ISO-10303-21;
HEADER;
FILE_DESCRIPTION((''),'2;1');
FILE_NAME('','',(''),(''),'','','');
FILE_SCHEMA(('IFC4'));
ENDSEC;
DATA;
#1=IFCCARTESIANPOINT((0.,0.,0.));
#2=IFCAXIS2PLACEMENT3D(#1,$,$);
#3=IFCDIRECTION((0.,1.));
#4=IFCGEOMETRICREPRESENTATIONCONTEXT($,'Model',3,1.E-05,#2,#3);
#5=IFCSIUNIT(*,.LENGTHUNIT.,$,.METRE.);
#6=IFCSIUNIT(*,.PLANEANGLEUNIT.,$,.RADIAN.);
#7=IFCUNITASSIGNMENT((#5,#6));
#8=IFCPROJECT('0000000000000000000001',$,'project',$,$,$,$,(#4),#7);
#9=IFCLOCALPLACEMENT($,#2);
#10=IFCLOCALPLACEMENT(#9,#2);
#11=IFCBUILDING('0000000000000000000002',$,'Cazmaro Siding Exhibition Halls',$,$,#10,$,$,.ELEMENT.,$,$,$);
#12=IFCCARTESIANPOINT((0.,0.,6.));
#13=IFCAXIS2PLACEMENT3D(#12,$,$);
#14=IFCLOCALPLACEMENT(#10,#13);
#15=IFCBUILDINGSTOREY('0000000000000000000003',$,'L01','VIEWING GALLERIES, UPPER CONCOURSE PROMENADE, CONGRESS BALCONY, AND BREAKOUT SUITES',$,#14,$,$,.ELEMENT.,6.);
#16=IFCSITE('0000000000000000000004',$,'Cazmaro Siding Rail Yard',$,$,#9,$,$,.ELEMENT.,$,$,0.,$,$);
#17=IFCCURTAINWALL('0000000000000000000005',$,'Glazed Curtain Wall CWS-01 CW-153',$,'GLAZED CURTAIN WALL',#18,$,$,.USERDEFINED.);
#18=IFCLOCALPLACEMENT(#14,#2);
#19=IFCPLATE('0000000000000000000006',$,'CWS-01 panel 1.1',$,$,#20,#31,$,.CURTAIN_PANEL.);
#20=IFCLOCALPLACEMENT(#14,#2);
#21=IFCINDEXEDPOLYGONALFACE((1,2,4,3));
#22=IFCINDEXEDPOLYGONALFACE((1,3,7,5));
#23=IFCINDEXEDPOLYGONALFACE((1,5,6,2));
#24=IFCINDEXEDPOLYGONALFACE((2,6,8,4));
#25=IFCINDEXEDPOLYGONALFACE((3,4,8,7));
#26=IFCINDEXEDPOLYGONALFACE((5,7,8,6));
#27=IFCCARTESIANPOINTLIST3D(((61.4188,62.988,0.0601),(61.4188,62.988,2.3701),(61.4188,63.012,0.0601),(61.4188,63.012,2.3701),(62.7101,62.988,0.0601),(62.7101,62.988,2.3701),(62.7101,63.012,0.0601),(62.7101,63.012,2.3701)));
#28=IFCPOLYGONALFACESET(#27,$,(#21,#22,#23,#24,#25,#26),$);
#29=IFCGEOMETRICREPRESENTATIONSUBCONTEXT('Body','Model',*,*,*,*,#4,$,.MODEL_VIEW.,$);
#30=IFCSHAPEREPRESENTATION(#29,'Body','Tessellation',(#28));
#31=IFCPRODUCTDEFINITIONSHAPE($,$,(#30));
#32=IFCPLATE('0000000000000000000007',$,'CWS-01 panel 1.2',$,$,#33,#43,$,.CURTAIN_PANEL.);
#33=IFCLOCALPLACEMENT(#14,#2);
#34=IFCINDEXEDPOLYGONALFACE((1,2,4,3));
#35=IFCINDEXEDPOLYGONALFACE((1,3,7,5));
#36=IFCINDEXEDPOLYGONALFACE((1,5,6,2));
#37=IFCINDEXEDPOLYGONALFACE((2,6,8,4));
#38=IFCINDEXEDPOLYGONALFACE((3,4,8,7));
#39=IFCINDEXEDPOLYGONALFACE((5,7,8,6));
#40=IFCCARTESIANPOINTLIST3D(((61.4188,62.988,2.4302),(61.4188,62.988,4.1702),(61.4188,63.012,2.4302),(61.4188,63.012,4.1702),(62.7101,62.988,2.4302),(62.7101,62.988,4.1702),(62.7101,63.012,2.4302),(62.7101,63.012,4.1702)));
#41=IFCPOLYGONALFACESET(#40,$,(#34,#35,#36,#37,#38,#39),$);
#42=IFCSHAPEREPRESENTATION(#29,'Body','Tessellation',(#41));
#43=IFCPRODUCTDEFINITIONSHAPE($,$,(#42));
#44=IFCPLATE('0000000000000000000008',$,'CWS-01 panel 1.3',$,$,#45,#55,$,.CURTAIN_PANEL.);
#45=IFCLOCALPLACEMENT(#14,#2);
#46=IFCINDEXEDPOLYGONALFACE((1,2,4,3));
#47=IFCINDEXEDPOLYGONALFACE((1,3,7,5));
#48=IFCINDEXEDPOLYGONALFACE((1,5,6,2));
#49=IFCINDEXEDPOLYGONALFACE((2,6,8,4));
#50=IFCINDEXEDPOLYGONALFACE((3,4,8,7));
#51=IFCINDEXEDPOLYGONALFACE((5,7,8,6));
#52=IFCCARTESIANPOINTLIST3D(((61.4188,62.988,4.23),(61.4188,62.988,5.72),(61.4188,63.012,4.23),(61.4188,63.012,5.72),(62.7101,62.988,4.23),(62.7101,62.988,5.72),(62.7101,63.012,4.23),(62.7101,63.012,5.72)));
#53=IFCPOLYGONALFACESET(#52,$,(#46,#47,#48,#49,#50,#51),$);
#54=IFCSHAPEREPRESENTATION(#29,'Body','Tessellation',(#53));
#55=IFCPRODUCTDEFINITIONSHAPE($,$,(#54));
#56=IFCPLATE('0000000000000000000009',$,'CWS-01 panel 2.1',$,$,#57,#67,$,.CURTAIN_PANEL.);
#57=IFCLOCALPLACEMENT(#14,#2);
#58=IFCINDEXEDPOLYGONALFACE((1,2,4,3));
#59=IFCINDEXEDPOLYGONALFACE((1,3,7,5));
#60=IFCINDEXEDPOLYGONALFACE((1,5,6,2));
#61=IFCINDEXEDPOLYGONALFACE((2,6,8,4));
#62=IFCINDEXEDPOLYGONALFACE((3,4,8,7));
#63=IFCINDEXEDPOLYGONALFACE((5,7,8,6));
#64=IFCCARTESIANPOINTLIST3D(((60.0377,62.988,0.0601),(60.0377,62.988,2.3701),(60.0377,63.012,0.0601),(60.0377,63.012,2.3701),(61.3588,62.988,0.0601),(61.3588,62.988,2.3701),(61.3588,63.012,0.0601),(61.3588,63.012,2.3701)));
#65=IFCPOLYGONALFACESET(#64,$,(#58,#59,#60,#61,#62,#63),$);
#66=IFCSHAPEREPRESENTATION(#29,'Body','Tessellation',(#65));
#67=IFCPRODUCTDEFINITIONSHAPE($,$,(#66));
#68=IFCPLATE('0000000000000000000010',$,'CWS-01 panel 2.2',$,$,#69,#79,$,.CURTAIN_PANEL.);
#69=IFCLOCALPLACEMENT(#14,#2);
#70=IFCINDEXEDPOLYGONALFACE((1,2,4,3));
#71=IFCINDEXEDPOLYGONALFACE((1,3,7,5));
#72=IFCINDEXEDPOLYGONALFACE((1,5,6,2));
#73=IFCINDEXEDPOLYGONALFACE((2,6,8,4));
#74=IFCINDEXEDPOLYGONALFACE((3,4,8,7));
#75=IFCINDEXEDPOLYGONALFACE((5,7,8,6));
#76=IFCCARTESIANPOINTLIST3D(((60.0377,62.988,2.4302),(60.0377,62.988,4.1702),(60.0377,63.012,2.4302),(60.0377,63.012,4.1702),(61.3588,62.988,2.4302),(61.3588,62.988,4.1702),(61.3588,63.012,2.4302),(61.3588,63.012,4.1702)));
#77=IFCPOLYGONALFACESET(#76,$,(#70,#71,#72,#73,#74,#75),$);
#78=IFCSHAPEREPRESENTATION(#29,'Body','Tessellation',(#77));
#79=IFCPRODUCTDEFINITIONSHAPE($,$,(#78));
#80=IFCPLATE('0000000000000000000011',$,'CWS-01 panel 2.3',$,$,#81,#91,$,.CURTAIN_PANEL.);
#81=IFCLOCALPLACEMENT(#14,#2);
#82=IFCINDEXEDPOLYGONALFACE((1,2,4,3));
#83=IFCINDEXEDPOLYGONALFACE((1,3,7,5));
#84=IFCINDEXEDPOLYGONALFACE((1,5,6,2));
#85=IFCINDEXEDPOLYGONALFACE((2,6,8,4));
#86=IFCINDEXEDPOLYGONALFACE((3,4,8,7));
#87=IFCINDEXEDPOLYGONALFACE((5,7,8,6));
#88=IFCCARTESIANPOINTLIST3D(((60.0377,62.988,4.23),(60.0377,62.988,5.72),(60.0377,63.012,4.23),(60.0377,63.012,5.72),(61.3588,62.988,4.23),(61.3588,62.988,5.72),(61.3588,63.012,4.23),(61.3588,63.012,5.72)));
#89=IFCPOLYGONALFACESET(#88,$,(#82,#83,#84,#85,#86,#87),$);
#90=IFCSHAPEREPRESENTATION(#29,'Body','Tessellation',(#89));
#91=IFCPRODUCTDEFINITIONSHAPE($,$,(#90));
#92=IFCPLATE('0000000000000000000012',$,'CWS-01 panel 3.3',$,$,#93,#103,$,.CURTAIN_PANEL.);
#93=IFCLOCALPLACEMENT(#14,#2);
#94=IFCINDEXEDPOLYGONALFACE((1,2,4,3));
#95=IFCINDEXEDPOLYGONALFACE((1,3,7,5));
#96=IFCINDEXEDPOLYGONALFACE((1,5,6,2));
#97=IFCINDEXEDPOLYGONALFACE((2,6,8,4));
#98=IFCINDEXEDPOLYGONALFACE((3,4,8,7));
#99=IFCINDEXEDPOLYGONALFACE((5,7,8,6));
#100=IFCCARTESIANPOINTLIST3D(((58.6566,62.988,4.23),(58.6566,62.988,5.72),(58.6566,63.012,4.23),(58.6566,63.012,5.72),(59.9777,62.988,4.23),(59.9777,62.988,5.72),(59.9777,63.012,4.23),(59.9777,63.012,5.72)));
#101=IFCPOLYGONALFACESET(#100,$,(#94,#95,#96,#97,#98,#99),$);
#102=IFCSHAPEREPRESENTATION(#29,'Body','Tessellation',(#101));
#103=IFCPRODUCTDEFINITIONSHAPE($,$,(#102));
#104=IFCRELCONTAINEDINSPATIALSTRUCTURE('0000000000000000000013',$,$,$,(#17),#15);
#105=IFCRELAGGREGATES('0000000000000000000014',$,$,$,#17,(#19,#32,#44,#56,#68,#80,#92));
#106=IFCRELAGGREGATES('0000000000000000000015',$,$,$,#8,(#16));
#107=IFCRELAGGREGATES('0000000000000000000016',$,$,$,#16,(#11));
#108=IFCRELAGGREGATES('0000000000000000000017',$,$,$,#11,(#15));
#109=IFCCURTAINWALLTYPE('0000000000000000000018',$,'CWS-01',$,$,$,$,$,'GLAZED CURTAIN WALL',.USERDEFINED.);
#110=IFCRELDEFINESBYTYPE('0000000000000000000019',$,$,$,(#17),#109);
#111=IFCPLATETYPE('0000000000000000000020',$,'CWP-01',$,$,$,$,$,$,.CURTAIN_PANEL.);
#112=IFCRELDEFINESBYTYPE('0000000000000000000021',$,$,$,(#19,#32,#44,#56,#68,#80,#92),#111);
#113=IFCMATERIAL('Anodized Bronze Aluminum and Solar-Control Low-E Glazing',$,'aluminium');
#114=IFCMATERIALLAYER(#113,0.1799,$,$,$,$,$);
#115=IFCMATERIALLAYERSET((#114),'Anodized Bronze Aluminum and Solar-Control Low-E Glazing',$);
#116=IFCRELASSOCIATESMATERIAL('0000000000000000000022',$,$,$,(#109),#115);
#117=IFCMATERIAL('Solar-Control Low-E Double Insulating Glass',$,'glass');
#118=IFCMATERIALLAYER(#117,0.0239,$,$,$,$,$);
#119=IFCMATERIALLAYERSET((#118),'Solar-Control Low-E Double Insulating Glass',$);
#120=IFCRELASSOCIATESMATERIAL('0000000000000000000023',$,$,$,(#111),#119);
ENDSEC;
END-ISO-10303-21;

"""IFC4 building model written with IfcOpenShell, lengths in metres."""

from ifc_helpers import new_model, si_unit, direction, frame, origin, origin_2d, place, context, subcontext, project, spatial, rectangle, extrude, material, layer, layer_set, type_object, element, aggregate, save


model = new_model("IFC4")

# Units and contexts
model_context = context("Model", 3, precision=1e-05, world=origin(), true_north=direction((0.0, 1.0)))
body_context = subcontext(model_context, "Body", "Model", "MODEL_VIEW")
ifc_project = project(units=[si_unit("LENGTHUNIT", "METRE"), si_unit("PLANEANGLEUNIT", "RADIAN")], contexts=[model_context])

# Site, building, storey
site_placement = place(None, origin())
site = spatial("IfcSite", under=ifc_project, at=site_placement, Name="Cazmaro Siding Rail Yard", CompositionType="ELEMENT", RefElevation=0.0)
building_placement = place(site_placement, origin())
building = spatial("IfcBuilding", under=site, at=building_placement, Name="Cazmaro Siding Exhibition Halls", CompositionType="ELEMENT")
storey_placement = place(building_placement, frame((0.0, 0.0, 6.0)))
storey = spatial("IfcBuildingStorey", under=building, at=storey_placement, Name="L01", Description="VIEWING GALLERIES, UPPER CONCOURSE PROMENADE, CONGRESS BALCONY, AND BREAKOUT SUITES", CompositionType="ELEMENT", Elevation=6.0)

# Curtain wall, plates
ifc_material_1 = material(Name="Anodized Bronze Aluminum and Solar-Control Low-E Glazing", Category="aluminium")
ifc_layer_1 = layer(ifc_material_1, 0.1799)
ifc_layer_set_1 = layer_set([ifc_layer_1], Name="Anodized Bronze Aluminum and Solar-Control Low-E Glazing")
curtain_wall_type = type_object("IfcCurtainWallType", Name="CWS-01", ElementType="GLAZED CURTAIN WALL", PredefinedType="USERDEFINED", material=ifc_layer_set_1)
curtain_wall_placement = place(storey_placement, origin())
curtain_wall = element("IfcCurtainWall", 1, at=curtain_wall_placement, inside=storey, type_object=curtain_wall_type, Name="Glazed Curtain Wall CWS-01 CW-153", ObjectType="GLAZED CURTAIN WALL", PredefinedType="USERDEFINED")
ifc_material_2 = material(Name="Solar-Control Low-E Double Insulating Glass", Category="glass")
ifc_layer_2 = layer(ifc_material_2, 0.0239)
ifc_layer_set_2 = layer_set([ifc_layer_2], Name="Solar-Control Low-E Double Insulating Glass")
plate_type = type_object("IfcPlateType", Name="CWP-01", PredefinedType="CURTAIN_PANEL", material=ifc_layer_set_2)
plate_1_placement = place(storey_placement, frame((62.0645, 63.0, 0.0601), z_axis=(0.0, 0.0, 1.0), x_axis=(-1.0, 0.0, 0.0)))
plate_1 = element("IfcPlate", 2, at=plate_1_placement, type_object=plate_type, Name="CWS-01 panel 1.1", PredefinedType="CURTAIN_PANEL", context=body_context, shape_type="SweptSolid", body=[
    extrude(rectangle(XDim=1.2913, YDim=0.0239, at=origin_2d()), origin(), (0.0, 0.0, 1.0), 2.3101),
])
plate_2_placement = place(storey_placement, frame((62.0645, 63.0, 2.4302), z_axis=(0.0, 0.0, 1.0), x_axis=(-1.0, 0.0, 0.0)))
plate_2 = element("IfcPlate", 3, at=plate_2_placement, type_object=plate_type, Name="CWS-01 panel 1.2", PredefinedType="CURTAIN_PANEL", context=body_context, shape_type="SweptSolid", body=[
    extrude(rectangle(XDim=1.2913, YDim=0.0239, at=origin_2d()), origin(), (0.0, 0.0, 1.0), 1.74),
])
plate_3_placement = place(storey_placement, frame((62.0645, 63.0, 4.23), z_axis=(0.0, 0.0, 1.0), x_axis=(-1.0, 0.0, 0.0)))
plate_3 = element("IfcPlate", 4, at=plate_3_placement, type_object=plate_type, Name="CWS-01 panel 1.3", PredefinedType="CURTAIN_PANEL", context=body_context, shape_type="SweptSolid", body=[
    extrude(rectangle(XDim=1.2913, YDim=0.0239, at=origin_2d()), origin(), (0.0, 0.0, 1.0), 1.49),
])
plate_4_placement = place(storey_placement, frame((60.6982, 63.0, 0.0601), z_axis=(0.0, 0.0, 1.0), x_axis=(-1.0, 0.0, 0.0)))
plate_4 = element("IfcPlate", 5, at=plate_4_placement, type_object=plate_type, Name="CWS-01 panel 2.1", PredefinedType="CURTAIN_PANEL", context=body_context, shape_type="SweptSolid", body=[
    extrude(rectangle(XDim=1.321, YDim=0.0239, at=origin_2d()), origin(), (0.0, 0.0, 1.0), 2.3101),
])
plate_5_placement = place(storey_placement, frame((60.6982, 63.0, 2.4302), z_axis=(0.0, 0.0, 1.0), x_axis=(-1.0, 0.0, 0.0)))
plate_5 = element("IfcPlate", 6, at=plate_5_placement, type_object=plate_type, Name="CWS-01 panel 2.2", PredefinedType="CURTAIN_PANEL", context=body_context, shape_type="SweptSolid", body=[
    extrude(rectangle(XDim=1.321, YDim=0.0239, at=origin_2d()), origin(), (0.0, 0.0, 1.0), 1.74),
])
plate_6_placement = place(storey_placement, frame((60.6982, 63.0, 4.23), z_axis=(0.0, 0.0, 1.0), x_axis=(-1.0, 0.0, 0.0)))
plate_6 = element("IfcPlate", 7, at=plate_6_placement, type_object=plate_type, Name="CWS-01 panel 2.3", PredefinedType="CURTAIN_PANEL", context=body_context, shape_type="SweptSolid", body=[
    extrude(rectangle(XDim=1.321, YDim=0.0239, at=origin_2d()), origin(), (0.0, 0.0, 1.0), 1.49),
])
plate_7_placement = place(storey_placement, frame((59.3171, 63.0, 4.23), z_axis=(0.0, 0.0, 1.0), x_axis=(-1.0, 0.0, 0.0)))
plate_7 = element("IfcPlate", 8, at=plate_7_placement, type_object=plate_type, Name="CWS-01 panel 3.3", PredefinedType="CURTAIN_PANEL", context=body_context, shape_type="SweptSolid", body=[
    extrude(rectangle(XDim=1.321, YDim=0.0239, at=origin_2d()), origin(), (0.0, 0.0, 1.0), 1.49),
])
aggregate(curtain_wall, [plate_1, plate_2, plate_3, plate_4, plate_5, plate_6, plate_7])

save(model, "model.ifc")
